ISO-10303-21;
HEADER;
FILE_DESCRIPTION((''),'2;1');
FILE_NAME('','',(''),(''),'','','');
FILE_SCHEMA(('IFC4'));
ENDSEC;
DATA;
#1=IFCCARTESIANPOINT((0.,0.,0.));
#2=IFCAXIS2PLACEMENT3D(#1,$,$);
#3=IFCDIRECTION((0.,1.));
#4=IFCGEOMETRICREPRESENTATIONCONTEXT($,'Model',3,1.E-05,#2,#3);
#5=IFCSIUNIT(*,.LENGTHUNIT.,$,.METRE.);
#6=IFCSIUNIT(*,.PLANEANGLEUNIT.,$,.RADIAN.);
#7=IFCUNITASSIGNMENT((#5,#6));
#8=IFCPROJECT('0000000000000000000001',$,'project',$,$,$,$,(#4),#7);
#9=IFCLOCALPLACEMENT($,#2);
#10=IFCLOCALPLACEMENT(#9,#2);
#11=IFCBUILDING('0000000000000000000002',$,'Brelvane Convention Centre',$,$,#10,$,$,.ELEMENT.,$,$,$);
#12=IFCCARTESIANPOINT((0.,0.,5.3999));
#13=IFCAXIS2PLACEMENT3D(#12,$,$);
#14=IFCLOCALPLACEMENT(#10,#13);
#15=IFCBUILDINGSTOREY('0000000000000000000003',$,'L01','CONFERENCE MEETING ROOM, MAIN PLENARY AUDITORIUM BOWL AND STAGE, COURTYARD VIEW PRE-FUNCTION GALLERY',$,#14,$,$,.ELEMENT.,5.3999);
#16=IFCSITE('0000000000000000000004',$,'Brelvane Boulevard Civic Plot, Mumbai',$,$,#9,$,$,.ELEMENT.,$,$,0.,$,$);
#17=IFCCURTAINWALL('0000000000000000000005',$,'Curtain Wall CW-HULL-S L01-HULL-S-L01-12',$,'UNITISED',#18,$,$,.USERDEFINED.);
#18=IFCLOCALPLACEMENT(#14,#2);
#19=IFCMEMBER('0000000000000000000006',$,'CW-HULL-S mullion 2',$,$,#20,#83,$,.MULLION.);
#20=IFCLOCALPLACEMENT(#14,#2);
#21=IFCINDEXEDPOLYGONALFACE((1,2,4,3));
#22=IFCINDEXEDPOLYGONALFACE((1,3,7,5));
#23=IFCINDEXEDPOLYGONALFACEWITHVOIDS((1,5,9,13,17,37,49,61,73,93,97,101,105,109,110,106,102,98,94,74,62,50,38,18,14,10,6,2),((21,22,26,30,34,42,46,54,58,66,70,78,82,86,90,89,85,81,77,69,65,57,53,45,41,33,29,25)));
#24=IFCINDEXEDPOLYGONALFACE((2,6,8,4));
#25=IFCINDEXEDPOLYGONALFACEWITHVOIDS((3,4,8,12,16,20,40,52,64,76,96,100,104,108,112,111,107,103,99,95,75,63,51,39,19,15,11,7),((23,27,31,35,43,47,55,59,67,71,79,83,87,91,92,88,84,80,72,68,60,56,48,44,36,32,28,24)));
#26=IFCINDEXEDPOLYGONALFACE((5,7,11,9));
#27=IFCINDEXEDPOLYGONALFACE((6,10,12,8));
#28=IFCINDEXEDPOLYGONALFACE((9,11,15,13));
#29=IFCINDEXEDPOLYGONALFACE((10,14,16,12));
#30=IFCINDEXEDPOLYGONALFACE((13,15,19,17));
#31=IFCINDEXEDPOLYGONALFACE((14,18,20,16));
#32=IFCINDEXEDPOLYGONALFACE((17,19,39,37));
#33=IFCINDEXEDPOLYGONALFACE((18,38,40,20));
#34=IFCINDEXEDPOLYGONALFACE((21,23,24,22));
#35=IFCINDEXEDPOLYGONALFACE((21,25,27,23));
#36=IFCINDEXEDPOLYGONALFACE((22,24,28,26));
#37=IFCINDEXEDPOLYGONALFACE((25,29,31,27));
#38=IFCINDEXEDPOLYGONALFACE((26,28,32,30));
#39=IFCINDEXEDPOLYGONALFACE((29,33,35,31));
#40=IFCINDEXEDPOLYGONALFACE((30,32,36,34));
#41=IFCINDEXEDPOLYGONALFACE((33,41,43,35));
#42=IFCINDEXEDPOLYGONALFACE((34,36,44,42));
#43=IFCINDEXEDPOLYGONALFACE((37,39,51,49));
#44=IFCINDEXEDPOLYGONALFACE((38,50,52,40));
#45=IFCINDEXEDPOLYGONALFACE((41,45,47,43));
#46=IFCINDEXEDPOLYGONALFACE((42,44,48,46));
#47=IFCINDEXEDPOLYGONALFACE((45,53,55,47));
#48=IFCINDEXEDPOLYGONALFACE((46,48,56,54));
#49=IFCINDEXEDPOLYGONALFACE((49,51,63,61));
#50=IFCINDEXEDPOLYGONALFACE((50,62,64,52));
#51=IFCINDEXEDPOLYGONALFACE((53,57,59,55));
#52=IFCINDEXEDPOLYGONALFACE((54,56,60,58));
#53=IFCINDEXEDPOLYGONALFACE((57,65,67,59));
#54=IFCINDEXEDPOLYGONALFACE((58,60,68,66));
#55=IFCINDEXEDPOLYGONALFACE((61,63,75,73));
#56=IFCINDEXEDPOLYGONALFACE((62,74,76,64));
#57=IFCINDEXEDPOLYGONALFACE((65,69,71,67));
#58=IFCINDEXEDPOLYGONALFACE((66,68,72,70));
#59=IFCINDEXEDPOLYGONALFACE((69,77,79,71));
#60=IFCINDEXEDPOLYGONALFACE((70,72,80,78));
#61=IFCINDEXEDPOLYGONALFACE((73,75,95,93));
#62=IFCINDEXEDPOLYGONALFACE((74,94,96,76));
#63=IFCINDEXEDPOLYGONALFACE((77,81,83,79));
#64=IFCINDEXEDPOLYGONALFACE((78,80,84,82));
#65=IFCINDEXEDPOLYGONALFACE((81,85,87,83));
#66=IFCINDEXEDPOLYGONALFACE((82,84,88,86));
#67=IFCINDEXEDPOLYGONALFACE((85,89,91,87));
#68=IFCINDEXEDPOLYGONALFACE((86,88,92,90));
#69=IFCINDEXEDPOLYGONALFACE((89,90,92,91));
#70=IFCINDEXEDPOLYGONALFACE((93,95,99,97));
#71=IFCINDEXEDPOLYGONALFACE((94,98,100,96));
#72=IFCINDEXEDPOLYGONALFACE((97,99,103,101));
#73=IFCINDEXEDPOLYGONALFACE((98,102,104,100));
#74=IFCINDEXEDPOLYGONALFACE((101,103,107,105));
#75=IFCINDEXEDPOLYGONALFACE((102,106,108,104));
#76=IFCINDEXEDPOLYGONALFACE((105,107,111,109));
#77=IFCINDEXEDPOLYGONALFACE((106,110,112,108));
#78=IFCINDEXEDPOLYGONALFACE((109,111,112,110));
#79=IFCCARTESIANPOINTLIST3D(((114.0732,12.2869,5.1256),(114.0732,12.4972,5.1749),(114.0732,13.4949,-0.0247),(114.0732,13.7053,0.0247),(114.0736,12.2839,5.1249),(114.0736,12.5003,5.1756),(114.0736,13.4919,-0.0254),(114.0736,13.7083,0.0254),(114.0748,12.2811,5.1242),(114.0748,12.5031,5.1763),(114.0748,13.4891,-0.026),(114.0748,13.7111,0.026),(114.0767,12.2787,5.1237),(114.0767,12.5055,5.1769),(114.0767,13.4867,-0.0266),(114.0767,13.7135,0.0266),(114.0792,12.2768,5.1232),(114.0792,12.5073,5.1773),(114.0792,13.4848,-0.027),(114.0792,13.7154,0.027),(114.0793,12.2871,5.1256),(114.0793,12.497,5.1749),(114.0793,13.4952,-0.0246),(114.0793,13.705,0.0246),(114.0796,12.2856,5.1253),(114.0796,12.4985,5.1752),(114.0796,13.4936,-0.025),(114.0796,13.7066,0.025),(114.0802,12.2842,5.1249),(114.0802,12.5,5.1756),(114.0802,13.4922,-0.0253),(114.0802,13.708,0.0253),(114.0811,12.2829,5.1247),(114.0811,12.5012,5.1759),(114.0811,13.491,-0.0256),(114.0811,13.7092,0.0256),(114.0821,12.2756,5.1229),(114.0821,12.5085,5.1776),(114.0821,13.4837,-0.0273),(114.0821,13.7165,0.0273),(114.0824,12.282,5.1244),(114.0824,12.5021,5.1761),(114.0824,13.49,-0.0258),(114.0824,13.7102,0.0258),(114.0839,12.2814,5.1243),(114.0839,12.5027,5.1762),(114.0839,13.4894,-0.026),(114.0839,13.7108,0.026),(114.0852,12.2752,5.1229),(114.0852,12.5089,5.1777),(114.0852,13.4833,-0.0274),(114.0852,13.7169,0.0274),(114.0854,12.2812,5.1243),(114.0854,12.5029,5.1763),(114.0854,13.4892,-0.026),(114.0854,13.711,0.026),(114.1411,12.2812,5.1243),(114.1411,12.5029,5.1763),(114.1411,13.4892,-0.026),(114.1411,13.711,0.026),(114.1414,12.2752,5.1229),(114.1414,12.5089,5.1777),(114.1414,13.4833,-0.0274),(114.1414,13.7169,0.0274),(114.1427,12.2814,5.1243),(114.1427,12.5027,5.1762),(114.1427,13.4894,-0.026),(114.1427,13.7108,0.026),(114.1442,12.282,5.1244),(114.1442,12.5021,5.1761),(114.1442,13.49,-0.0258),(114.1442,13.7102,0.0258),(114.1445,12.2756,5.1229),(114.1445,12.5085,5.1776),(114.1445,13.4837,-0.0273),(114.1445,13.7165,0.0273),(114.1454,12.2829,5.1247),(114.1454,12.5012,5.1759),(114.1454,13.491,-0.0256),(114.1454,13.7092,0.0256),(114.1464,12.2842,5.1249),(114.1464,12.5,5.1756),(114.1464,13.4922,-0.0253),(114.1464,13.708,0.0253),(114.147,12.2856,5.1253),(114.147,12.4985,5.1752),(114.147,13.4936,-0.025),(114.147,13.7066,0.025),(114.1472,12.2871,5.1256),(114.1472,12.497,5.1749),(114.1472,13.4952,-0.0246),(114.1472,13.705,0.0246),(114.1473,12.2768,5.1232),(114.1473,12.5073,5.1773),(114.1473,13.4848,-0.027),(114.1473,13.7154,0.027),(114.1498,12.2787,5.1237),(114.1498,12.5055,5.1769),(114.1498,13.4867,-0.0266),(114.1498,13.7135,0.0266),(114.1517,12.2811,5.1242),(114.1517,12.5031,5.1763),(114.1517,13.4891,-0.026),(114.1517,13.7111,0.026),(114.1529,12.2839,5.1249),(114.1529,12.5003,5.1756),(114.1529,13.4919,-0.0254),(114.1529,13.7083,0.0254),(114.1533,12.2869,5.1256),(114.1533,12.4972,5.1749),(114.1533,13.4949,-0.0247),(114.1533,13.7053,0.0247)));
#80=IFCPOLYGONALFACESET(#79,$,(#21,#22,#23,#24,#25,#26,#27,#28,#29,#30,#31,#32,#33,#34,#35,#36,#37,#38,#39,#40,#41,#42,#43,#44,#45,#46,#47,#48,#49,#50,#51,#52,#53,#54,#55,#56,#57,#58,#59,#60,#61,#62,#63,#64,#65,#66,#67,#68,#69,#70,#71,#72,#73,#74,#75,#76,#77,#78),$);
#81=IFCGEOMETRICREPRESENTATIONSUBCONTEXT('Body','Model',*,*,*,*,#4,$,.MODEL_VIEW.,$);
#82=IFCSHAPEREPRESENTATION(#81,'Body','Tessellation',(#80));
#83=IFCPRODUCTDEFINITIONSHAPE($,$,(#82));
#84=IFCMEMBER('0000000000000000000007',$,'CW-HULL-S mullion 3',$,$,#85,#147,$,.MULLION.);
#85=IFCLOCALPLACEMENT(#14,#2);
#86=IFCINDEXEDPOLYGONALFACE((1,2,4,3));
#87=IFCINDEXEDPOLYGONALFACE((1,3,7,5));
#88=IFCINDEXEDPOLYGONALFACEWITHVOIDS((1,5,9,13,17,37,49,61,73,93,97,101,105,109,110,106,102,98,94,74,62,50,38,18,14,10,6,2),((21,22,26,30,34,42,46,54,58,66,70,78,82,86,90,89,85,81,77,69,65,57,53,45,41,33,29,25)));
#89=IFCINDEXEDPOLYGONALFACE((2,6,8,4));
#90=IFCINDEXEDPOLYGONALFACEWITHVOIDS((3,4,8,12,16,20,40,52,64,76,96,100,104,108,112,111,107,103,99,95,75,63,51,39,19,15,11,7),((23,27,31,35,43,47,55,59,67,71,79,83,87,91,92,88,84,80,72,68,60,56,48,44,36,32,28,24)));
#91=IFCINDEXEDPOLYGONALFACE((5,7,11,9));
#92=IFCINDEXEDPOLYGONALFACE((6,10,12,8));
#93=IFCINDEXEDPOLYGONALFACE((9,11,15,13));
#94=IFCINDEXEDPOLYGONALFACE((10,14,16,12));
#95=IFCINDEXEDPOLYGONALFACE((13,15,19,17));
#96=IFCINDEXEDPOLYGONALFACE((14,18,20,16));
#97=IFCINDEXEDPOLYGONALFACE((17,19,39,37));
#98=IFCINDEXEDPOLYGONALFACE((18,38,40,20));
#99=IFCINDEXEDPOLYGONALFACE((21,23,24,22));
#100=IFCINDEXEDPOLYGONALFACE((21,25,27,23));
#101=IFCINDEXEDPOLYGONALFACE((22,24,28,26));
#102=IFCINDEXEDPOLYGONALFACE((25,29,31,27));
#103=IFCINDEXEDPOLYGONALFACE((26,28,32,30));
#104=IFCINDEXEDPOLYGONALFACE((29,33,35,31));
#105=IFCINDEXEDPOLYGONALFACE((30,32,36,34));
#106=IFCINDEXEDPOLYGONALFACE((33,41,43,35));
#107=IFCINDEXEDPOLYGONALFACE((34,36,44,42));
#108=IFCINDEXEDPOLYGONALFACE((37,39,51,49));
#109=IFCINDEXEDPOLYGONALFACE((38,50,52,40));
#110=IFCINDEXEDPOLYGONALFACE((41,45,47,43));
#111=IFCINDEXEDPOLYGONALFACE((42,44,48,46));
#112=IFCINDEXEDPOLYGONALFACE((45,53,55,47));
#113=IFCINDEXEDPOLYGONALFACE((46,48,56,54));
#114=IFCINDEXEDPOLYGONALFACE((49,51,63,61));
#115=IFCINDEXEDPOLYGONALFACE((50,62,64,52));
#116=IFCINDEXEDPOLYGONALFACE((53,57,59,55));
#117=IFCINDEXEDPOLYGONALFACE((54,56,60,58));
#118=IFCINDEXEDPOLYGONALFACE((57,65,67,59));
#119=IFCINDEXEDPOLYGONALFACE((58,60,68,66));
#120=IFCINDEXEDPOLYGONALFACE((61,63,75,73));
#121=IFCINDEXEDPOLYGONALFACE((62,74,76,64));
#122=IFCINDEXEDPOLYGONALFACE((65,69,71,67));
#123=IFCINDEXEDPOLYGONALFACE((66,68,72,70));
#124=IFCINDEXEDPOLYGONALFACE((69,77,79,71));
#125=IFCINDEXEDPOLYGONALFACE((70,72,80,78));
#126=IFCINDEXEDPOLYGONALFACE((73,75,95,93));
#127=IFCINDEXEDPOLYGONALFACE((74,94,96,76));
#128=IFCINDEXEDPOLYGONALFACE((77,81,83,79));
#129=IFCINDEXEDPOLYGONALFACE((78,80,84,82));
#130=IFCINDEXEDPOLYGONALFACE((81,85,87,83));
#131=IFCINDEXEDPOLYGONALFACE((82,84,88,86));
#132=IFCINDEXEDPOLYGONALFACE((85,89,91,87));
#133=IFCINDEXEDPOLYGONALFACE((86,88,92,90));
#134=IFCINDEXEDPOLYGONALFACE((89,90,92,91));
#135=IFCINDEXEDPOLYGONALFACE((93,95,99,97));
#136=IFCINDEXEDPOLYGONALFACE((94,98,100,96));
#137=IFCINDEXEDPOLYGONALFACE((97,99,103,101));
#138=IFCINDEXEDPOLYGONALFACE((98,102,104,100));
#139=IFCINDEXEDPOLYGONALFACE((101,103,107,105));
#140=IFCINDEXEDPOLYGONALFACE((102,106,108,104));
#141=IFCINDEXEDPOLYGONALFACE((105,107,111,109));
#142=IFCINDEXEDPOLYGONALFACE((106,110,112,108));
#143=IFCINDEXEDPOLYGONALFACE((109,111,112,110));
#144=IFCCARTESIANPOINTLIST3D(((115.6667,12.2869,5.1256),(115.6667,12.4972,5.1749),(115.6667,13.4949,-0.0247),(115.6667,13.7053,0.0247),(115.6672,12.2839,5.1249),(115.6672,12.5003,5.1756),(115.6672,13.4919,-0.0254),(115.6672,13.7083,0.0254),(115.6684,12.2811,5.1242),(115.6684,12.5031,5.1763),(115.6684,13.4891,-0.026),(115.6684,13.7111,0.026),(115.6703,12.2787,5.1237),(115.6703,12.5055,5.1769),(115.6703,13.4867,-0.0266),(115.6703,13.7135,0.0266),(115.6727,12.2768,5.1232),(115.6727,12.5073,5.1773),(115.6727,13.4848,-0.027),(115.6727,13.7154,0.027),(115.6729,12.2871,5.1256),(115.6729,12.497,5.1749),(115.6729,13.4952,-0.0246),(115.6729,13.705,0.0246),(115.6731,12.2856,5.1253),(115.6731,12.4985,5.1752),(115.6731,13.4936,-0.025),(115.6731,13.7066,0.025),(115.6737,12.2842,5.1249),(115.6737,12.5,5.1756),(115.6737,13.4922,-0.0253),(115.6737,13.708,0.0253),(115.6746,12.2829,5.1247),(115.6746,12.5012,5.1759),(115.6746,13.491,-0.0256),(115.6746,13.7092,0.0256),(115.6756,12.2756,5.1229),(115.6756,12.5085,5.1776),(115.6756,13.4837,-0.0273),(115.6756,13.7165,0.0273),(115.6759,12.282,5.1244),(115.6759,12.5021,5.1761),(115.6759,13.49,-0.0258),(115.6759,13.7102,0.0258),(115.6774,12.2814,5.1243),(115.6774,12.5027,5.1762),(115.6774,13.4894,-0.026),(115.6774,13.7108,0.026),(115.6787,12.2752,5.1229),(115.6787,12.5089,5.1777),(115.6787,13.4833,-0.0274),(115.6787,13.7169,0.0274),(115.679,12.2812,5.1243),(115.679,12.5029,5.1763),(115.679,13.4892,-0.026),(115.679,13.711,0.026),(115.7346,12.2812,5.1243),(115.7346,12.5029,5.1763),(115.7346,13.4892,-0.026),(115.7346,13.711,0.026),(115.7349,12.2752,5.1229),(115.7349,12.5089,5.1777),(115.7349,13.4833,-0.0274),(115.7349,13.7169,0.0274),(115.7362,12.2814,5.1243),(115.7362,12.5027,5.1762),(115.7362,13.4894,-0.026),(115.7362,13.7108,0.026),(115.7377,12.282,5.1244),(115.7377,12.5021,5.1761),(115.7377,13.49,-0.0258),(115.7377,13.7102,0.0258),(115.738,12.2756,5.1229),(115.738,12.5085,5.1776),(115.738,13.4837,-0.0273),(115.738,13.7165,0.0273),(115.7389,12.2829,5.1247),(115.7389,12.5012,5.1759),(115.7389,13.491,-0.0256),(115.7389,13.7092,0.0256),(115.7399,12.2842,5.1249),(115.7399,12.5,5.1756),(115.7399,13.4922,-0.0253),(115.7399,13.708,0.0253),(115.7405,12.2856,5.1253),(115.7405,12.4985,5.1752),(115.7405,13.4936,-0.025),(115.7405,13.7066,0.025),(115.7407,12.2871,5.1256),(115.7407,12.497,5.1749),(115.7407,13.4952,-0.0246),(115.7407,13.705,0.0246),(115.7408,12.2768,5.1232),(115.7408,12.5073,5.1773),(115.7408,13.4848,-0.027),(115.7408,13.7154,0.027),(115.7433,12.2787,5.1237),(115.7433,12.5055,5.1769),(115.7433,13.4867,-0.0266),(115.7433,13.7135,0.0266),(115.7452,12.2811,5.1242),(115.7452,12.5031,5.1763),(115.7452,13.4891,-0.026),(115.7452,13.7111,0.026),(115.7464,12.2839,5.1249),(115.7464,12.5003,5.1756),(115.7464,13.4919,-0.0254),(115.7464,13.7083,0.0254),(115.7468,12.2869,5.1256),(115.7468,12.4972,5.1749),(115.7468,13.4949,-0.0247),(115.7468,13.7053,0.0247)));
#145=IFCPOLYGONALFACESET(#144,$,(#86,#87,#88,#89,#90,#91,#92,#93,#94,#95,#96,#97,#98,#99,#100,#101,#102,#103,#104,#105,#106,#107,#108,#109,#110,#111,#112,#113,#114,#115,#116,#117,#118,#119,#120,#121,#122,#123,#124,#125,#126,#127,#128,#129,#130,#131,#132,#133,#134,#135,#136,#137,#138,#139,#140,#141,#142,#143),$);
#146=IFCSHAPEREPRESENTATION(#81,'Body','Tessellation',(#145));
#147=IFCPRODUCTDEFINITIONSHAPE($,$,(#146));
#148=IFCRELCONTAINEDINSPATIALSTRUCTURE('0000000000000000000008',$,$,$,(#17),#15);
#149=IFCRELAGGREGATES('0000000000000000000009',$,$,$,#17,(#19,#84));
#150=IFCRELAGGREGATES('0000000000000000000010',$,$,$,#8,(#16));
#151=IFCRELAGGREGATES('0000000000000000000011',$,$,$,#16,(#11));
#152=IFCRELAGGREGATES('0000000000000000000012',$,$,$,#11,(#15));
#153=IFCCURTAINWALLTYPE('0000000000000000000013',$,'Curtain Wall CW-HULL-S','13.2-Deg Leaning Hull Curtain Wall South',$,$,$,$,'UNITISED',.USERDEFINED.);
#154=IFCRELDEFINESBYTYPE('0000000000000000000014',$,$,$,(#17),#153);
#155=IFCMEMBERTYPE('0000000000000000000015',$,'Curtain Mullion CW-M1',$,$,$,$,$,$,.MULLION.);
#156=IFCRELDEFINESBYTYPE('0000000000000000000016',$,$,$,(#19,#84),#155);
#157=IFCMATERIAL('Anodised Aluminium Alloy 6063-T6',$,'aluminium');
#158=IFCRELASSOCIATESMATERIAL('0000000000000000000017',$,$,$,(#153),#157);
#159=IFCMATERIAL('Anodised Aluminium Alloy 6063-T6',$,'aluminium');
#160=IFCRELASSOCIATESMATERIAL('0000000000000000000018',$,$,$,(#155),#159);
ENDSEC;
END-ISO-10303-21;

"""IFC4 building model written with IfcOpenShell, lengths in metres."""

from ifc_helpers import new_model, si_unit, direction, frame, origin, origin_2d, place, context, subcontext, project, spatial, hollow_rectangle, extrude, material, material_profile, profile_set, type_object, element, aggregate, save


model = new_model("IFC4")

# Units and contexts
model_context = context("Model", 3, precision=1e-05, world=origin(), true_north=direction((0.0, 1.0)))
body_context = subcontext(model_context, "Body", "Model", "MODEL_VIEW")
ifc_project = project(units=[si_unit("LENGTHUNIT", "METRE"), si_unit("PLANEANGLEUNIT", "RADIAN")], contexts=[model_context])

# Site, building, storey
site_placement = place(None, origin())
site = spatial("IfcSite", under=ifc_project, at=site_placement, Name="Brelvane Boulevard Civic Plot, Mumbai", CompositionType="ELEMENT", RefElevation=0.0)
building_placement = place(site_placement, origin())
building = spatial("IfcBuilding", under=site, at=building_placement, Name="Brelvane Convention Centre", CompositionType="ELEMENT")
storey_placement = place(building_placement, frame((0.0, 0.0, 5.3999)))
storey = spatial("IfcBuildingStorey", under=building, at=storey_placement, Name="L01", Description="CONFERENCE MEETING ROOM, MAIN PLENARY AUDITORIUM BOWL AND STAGE, COURTYARD VIEW PRE-FUNCTION GALLERY", CompositionType="ELEMENT", Elevation=5.3999)

# Curtain wall, members
ifc_material_1 = material(Name="Anodised Aluminium Alloy 6063-T6", Category="aluminium")
curtain_wall_type = type_object("IfcCurtainWallType", Name="Curtain Wall CW-HULL-S", Description="13.2-Deg Leaning Hull Curtain Wall South", ElementType="UNITISED", PredefinedType="USERDEFINED", material=ifc_material_1)
ifc_material_2 = material(Name="Anodised Aluminium Alloy 6063-T6", Category="aluminium")
ifc_material_profile_1 = material_profile(ifc_material_2, hollow_rectangle(XDim=0.0801, YDim=0.24, WallThickness=0.0061, InnerFilletRadius=0.0061, OuterFilletRadius=0.012, at=origin_2d()), Name="ALU-M 240x80x6.0")
ifc_profile_set_1 = profile_set([ifc_material_profile_1], Name="Anodised Aluminium Alloy 6063-T6")
member_type_1 = type_object("IfcMemberType", Name="Curtain Mullion CW-M1", PredefinedType="MULLION", material=ifc_profile_set_1)
curtain_wall_1_placement = place(storey_placement, origin())
curtain_wall_1 = element("IfcCurtainWall", 1, at=curtain_wall_1_placement, inside=storey, type_object=curtain_wall_type, Name="Curtain Wall CW-HULL-S L01-HULL-S-L01-12", ObjectType="UNITISED", PredefinedType="USERDEFINED")
member_1_placement = place(storey_placement, frame((114.1133, 13.6001, 0.0), z_axis=(0.0, -0.22836, 0.973577), x_axis=(1.0, 0.0, 0.0)))
member_1 = element("IfcMember", 2, at=member_1_placement, type_object=member_type_1, Name="CW-HULL-S mullion 2", PredefinedType="MULLION", context=body_context, shape_type="SweptSolid", body=[
    extrude(hollow_rectangle(XDim=0.0801, YDim=0.24, WallThickness=0.0061, InnerFilletRadius=0.0061, OuterFilletRadius=0.012, at=origin_2d()), origin(), (0.0, 0.0, 1.0), 5.29),
])
member_2_placement = place(storey_placement, frame((115.7068, 13.6001, 0.0), z_axis=(0.0, -0.22836, 0.973577), x_axis=(1.0, 0.0, 0.0)))
member_2 = element("IfcMember", 3, at=member_2_placement, type_object=member_type_1, Name="CW-HULL-S mullion 3", PredefinedType="MULLION", context=body_context, shape_type="SweptSolid", body=[
    extrude(hollow_rectangle(XDim=0.0801, YDim=0.24, WallThickness=0.0061, InnerFilletRadius=0.0061, OuterFilletRadius=0.012, at=origin_2d()), origin(), (0.0, 0.0, 1.0), 5.29),
])

aggregate(curtain_wall_1, [member_1, member_2])

save(model, "model.ifc")
